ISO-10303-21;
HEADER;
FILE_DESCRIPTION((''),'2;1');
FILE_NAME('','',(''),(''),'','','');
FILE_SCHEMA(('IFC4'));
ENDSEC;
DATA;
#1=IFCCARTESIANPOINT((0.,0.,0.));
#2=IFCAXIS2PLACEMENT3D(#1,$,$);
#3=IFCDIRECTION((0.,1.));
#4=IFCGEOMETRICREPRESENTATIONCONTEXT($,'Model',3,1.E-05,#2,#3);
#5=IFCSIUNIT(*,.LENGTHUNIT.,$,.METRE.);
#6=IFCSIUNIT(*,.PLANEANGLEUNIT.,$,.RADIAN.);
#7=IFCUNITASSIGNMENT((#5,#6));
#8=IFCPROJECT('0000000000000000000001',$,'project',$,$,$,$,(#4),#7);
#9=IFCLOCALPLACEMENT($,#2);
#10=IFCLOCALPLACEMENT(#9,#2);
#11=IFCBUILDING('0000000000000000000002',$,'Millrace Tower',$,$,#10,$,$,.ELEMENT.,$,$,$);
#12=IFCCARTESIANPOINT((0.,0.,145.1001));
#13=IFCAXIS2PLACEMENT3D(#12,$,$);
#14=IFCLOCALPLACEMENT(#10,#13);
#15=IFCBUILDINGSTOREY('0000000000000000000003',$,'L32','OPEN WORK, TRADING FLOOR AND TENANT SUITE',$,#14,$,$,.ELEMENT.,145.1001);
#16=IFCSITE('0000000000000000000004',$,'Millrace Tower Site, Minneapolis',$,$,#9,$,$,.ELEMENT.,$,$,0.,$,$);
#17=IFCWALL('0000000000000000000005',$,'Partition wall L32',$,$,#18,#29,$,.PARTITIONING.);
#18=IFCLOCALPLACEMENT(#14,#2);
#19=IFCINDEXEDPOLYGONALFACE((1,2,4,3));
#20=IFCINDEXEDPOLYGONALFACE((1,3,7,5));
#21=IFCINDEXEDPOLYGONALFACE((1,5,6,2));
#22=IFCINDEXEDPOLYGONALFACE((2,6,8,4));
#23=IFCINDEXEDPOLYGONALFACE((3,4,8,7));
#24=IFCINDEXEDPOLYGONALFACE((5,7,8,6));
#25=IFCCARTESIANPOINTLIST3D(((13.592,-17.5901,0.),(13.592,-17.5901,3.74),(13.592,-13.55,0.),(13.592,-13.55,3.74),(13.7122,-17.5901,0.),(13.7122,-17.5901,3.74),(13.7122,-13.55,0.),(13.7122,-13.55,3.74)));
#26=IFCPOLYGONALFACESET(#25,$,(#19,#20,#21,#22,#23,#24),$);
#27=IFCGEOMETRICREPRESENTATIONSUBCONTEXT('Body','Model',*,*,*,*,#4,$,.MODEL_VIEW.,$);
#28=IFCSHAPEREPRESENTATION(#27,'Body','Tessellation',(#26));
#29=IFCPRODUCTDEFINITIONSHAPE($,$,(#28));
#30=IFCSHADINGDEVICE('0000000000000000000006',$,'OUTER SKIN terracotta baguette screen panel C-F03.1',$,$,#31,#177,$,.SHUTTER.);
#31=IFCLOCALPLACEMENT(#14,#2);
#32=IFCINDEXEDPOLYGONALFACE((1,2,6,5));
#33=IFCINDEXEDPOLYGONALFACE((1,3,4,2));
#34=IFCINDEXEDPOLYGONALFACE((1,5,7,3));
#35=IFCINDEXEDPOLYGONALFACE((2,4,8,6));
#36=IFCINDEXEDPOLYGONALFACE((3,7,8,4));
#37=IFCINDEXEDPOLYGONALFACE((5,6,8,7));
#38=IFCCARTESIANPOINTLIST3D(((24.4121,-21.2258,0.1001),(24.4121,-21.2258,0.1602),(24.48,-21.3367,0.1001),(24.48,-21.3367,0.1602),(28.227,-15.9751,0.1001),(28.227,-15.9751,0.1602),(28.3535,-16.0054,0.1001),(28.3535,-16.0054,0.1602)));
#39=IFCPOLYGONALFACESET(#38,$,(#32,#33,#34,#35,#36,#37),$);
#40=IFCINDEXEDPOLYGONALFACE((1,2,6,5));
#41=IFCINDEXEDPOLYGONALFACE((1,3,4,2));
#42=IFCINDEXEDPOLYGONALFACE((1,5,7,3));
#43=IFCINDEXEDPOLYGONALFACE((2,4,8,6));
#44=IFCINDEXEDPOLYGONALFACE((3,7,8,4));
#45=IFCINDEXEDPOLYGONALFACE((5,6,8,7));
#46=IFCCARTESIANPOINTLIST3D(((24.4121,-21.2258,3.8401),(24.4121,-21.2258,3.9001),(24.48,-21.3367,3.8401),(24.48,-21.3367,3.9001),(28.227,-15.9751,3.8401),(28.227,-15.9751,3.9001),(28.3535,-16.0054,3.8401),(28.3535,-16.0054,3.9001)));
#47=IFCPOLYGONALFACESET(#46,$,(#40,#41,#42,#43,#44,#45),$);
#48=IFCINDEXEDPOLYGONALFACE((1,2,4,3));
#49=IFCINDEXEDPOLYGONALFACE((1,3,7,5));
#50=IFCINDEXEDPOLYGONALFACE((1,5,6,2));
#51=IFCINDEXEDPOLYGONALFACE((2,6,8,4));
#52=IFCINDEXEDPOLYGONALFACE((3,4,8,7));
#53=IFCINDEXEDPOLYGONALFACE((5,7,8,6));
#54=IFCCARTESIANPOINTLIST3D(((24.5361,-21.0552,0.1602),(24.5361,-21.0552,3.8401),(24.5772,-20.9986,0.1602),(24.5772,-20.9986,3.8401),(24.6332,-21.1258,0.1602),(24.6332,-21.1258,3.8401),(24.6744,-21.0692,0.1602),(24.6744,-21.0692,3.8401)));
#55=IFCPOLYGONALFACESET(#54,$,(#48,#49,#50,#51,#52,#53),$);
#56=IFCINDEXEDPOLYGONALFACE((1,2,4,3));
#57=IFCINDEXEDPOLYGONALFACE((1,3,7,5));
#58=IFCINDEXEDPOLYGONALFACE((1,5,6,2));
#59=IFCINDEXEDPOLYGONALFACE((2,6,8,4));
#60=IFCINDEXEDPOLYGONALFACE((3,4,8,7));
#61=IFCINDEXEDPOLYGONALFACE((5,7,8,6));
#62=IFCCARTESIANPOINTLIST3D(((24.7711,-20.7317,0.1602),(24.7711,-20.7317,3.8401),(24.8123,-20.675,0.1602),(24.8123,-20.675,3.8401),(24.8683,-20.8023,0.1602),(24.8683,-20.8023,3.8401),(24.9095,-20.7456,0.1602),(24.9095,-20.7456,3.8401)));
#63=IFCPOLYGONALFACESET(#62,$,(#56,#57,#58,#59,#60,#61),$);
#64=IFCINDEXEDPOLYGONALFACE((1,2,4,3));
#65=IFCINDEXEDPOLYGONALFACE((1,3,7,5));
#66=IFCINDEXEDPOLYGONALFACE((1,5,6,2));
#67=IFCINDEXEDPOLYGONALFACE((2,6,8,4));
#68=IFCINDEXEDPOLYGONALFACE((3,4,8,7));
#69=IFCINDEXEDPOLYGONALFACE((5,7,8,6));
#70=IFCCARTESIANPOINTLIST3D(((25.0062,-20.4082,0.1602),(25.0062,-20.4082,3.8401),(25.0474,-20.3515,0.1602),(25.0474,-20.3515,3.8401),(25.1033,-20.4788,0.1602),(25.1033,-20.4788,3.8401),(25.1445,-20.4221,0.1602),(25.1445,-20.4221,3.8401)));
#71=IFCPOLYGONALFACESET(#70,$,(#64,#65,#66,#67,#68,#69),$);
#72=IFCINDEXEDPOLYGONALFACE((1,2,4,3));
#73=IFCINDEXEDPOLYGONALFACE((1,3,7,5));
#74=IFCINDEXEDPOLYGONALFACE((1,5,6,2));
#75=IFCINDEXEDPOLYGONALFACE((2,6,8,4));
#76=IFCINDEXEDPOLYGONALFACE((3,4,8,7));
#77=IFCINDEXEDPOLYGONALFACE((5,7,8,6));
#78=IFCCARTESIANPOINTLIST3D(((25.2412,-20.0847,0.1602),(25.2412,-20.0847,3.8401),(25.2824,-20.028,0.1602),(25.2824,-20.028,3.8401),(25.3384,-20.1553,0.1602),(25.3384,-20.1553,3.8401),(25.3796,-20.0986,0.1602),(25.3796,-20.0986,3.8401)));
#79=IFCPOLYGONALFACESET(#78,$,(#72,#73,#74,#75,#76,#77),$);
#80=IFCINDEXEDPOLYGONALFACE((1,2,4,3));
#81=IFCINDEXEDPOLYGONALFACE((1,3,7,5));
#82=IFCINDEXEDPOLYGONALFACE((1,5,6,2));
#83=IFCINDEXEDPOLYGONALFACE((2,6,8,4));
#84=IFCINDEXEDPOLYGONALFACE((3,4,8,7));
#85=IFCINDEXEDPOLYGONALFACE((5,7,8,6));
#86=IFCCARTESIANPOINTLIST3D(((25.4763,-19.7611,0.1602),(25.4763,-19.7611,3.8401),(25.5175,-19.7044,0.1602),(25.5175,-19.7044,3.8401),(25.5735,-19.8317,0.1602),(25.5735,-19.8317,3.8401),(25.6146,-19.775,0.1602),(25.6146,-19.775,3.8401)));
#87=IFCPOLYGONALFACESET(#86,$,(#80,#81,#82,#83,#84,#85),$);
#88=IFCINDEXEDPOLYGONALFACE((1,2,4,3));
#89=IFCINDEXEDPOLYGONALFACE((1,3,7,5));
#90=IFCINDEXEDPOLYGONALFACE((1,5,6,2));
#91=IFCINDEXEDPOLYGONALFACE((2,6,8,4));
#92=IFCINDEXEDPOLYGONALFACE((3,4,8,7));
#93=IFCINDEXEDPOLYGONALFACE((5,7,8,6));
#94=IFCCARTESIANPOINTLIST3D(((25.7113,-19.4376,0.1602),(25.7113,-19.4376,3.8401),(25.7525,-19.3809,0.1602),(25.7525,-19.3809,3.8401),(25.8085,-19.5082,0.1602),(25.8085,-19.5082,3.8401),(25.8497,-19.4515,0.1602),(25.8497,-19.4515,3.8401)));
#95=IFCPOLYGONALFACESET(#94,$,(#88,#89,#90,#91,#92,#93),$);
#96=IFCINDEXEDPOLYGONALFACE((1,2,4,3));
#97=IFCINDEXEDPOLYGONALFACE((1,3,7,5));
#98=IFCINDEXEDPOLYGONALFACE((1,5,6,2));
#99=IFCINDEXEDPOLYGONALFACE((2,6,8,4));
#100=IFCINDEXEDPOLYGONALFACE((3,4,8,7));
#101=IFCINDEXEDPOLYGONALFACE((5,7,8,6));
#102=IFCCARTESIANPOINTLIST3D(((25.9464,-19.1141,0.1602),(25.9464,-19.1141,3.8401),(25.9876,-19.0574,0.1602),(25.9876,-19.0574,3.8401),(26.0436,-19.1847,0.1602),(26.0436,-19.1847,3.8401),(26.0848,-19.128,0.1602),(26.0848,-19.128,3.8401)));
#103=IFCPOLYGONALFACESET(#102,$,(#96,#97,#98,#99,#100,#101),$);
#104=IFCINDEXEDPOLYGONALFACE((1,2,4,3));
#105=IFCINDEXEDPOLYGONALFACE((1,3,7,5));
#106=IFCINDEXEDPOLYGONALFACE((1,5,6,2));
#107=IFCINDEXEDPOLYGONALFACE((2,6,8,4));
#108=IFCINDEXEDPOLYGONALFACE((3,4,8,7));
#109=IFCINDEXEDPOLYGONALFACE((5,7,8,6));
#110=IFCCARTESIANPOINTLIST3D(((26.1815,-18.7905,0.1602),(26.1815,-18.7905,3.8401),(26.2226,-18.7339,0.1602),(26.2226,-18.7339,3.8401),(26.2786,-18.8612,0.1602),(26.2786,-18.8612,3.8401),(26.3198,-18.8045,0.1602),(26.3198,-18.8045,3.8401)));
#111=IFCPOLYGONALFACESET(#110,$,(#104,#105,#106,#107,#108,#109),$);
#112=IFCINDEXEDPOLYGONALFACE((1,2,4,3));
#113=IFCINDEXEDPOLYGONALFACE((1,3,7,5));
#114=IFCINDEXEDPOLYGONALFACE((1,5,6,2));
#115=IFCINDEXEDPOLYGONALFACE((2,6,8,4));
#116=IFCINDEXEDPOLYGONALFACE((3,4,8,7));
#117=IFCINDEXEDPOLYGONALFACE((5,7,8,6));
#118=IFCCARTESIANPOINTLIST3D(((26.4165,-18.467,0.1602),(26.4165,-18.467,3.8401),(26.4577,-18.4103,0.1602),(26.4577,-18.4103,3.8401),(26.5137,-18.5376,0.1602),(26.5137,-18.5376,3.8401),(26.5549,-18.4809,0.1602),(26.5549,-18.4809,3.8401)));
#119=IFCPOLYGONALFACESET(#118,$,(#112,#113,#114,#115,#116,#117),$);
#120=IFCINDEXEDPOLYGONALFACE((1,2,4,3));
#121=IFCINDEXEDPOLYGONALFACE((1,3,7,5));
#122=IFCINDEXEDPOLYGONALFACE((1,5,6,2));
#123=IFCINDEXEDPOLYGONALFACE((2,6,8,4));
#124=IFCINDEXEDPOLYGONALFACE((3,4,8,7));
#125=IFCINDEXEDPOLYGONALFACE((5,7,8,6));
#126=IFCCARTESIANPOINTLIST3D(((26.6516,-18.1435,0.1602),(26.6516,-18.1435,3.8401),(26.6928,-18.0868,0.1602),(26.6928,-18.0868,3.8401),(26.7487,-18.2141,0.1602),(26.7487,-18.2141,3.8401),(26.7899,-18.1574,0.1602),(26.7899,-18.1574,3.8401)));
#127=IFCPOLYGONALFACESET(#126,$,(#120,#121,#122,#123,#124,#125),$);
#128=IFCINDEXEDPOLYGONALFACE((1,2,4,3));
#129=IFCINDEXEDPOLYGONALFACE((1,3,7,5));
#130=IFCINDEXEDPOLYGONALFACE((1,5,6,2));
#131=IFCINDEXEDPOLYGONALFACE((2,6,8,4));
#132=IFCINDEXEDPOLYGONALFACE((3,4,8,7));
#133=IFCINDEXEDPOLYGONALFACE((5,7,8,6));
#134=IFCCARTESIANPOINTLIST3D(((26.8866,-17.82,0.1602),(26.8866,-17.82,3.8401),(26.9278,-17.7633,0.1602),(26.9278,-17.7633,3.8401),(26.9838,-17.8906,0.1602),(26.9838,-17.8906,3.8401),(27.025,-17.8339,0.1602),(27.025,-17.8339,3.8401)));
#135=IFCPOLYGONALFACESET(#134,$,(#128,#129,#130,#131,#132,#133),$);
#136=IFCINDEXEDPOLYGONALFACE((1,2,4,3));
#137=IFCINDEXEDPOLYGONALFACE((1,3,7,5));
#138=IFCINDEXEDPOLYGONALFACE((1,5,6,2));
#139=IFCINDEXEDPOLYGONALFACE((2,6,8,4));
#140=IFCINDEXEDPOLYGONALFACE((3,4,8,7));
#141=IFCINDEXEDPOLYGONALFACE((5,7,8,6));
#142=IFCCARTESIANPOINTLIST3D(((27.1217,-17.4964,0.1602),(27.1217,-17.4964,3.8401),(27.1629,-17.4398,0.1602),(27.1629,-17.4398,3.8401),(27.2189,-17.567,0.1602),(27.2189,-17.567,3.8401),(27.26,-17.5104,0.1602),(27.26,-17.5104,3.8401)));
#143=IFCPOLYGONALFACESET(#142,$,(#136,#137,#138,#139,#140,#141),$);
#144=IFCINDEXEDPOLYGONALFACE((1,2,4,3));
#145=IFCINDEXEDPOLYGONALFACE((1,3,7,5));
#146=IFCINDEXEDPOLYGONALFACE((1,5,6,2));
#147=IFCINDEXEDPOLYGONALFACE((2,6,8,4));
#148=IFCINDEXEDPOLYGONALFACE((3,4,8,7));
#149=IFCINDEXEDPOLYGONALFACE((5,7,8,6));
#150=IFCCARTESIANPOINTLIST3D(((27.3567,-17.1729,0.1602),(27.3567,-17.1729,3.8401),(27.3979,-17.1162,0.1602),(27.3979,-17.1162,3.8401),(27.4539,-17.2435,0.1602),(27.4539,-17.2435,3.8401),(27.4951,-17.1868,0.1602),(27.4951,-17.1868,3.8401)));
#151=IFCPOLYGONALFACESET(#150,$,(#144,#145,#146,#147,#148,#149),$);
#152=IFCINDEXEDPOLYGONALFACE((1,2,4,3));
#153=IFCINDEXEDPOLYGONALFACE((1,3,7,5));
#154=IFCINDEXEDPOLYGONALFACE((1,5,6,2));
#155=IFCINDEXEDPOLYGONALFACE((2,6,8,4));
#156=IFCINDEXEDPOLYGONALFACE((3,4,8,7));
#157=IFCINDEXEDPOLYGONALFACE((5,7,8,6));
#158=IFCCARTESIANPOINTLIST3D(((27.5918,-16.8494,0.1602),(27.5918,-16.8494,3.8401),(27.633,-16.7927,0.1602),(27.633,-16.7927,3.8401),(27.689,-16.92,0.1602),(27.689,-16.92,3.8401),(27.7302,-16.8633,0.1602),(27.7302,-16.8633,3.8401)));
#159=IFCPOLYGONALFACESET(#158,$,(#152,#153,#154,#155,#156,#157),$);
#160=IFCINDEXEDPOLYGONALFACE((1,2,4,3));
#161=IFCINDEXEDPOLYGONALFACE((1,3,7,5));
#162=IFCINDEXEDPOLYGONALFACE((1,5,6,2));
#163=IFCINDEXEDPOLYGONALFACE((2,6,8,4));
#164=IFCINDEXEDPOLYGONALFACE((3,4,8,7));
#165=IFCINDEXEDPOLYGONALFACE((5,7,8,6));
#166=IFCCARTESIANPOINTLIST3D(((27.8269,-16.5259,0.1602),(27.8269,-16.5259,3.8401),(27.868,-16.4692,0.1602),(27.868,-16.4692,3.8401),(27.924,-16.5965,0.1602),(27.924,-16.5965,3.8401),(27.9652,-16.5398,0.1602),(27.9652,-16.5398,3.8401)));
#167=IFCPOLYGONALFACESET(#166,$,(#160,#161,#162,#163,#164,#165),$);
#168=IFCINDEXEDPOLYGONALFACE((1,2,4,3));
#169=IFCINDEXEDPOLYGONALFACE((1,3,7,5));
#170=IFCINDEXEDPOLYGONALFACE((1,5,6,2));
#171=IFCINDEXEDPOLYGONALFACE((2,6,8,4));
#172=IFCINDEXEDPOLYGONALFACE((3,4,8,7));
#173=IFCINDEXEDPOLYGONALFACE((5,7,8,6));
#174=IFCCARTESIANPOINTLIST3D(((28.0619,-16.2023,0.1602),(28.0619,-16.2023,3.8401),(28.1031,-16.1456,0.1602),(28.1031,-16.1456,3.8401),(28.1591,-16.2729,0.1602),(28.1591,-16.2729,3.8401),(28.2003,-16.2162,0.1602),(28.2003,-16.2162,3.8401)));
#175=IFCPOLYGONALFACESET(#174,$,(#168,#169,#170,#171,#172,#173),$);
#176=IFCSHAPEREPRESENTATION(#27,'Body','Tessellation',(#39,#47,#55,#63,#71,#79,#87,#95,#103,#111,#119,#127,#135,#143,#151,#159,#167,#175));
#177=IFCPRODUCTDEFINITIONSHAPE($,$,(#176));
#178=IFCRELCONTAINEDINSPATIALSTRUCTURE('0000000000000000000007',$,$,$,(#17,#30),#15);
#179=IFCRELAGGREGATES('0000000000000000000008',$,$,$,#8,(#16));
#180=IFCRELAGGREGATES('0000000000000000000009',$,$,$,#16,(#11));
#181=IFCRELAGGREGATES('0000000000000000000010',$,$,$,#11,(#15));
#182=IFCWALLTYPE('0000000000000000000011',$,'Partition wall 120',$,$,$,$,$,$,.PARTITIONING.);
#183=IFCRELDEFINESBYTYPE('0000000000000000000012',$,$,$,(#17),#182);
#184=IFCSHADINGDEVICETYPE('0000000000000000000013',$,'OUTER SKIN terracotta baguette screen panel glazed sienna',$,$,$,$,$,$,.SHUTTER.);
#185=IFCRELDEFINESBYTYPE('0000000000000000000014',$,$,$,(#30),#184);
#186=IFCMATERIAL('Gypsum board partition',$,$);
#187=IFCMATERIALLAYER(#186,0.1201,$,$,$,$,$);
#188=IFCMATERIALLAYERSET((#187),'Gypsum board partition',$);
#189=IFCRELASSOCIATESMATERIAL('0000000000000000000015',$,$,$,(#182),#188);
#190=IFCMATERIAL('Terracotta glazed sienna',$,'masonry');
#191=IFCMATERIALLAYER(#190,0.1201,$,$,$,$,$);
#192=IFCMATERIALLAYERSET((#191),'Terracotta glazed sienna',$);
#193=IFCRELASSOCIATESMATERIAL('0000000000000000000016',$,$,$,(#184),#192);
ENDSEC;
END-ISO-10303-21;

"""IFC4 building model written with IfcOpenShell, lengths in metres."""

from ifc_helpers import new_model, entity, si_unit, direction, frame, frame_2d, origin, place, context, subcontext, project, spatial, rectangle, extrude, source, transform, mapped, material, layer, layer_set, type_object, element, save


model = new_model("IFC4")

# Units and contexts
model_context = context("Model", 3, precision=1e-05, world=origin(), true_north=direction((0.0, 1.0)))
body_context = subcontext(model_context, "Body", "Model", "MODEL_VIEW")
ifc_project = project(units=[si_unit("LENGTHUNIT", "METRE"), si_unit("PLANEANGLEUNIT", "RADIAN")], contexts=[model_context])

# Site, building, storey
site_placement = place(None, origin())
site = spatial("IfcSite", under=ifc_project, at=site_placement, Name="Millrace Tower Site, Minneapolis", CompositionType="ELEMENT", RefElevation=0.0)
building_placement = place(site_placement, origin())
building = spatial("IfcBuilding", under=site, at=building_placement, Name="Millrace Tower", CompositionType="ELEMENT")
storey_placement = place(building_placement, frame((0.0, 0.0, 145.1001)))
storey = spatial("IfcBuildingStorey", under=building, at=storey_placement, Name="L32", Description="OPEN WORK, TRADING FLOOR AND TENANT SUITE", CompositionType="ELEMENT", Elevation=145.1001)

# Wall
ifc_material_1 = material(Name="Gypsum board partition")
ifc_layer_1 = layer(ifc_material_1, 0.1201)
ifc_layer_set_1 = layer_set([ifc_layer_1], Name="Gypsum board partition")
wall_type = type_object("IfcWallType", Name="Partition wall 120", PredefinedType="PARTITIONING", material=ifc_layer_set_1)
wall_placement = place(storey_placement, frame((13.6521, -17.5901, 0.0), z_axis=(0.0, 0.0, 1.0), x_axis=(0.0, 1.0, 0.0)))
element("IfcWall", 1, at=wall_placement, inside=storey, type_object=wall_type, Name="Partition wall L32", PredefinedType="PARTITIONING", context=body_context, shape_type="SweptSolid", body=[
    extrude(rectangle(XDim=4.04, YDim=0.1201, at=frame_2d((2.02, 0.0))), origin(), (0.0, 0.0, 1.0), 3.74),
])

# Shading device
ifc_material_2 = material(Name="Terracotta glazed sienna", Category="masonry")
ifc_layer_2 = layer(ifc_material_2, 0.1201)
ifc_layer_set_2 = layer_set([ifc_layer_2], Name="Terracotta glazed sienna")
shading_device_type = type_object("IfcShadingDeviceType", Name="OUTER SKIN terracotta baguette screen panel glazed sienna", PredefinedType="SHUTTER", material=ifc_layer_set_2)
cartesian_point_1 = entity("IfcCartesianPoint", [-3.2451, 0.0601])
shared_polyline_1 = entity("IfcPolyline", [cartesian_point_1, entity("IfcCartesianPoint", [3.2451, 0.0601]), entity("IfcCartesianPoint", [3.2949, -0.0601]), entity("IfcCartesianPoint", [-3.2949, -0.0601]), cartesian_point_1])
shared_shape_1 = source(origin(), body_context, "Body", "SweptSolid", [
    entity("IfcExtrudedAreaSolid", entity("IfcArbitraryClosedProfileDef", "AREA", None, shared_polyline_1), entity("IfcAxis2Placement3D", entity("IfcCartesianPoint", [0.0, 0.0, 0.0])), entity("IfcDirection", [0.0, 0.0, 1.0]), 0.0601),
    entity("IfcExtrudedAreaSolid", entity("IfcArbitraryClosedProfileDef", "AREA", None, shared_polyline_1), entity("IfcAxis2Placement3D", entity("IfcCartesianPoint", [0.0, 0.0, 3.74])), entity("IfcDirection", [0.0, 0.0, 1.0]), 0.0601),
    extrude(rectangle(XDim=0.0701, YDim=0.1201, at=frame_2d((-2.9993, 0.0))), frame((0.0, 0.0, 0.0601)), (0.0, 0.0, 1.0), 3.6799),
    extrude(rectangle(XDim=0.0701, YDim=0.1201, at=frame_2d((-2.5994, 0.0))), frame((0.0, 0.0, 0.0601)), (0.0, 0.0, 1.0), 3.6799),
    extrude(rectangle(XDim=0.0701, YDim=0.1201, at=frame_2d((-2.1995, 0.0))), frame((0.0, 0.0, 0.0601)), (0.0, 0.0, 1.0), 3.6799),
    extrude(rectangle(XDim=0.0701, YDim=0.1201, at=frame_2d((-1.7996, 0.0))), frame((0.0, 0.0, 0.0601)), (0.0, 0.0, 1.0), 3.6799),
    extrude(rectangle(XDim=0.0701, YDim=0.1201, at=frame_2d((-1.3997, 0.0))), frame((0.0, 0.0, 0.0601)), (0.0, 0.0, 1.0), 3.6799),
    extrude(rectangle(XDim=0.0701, YDim=0.1201, at=frame_2d((-0.9998, 0.0))), frame((0.0, 0.0, 0.0601)), (0.0, 0.0, 1.0), 3.6799),
    extrude(rectangle(XDim=0.0701, YDim=0.1201, at=frame_2d((-0.5999, 0.0))), frame((0.0, 0.0, 0.0601)), (0.0, 0.0, 1.0), 3.6799),
    extrude(rectangle(XDim=0.0701, YDim=0.1201, at=frame_2d((-0.2, 0.0))), frame((0.0, 0.0, 0.0601)), (0.0, 0.0, 1.0), 3.6799),
    extrude(rectangle(XDim=0.0701, YDim=0.1201, at=frame_2d((0.2, 0.0))), frame((0.0, 0.0, 0.0601)), (0.0, 0.0, 1.0), 3.6799),
    extrude(rectangle(XDim=0.0701, YDim=0.1201, at=frame_2d((0.5999, 0.0))), frame((0.0, 0.0, 0.0601)), (0.0, 0.0, 1.0), 3.6799),
    extrude(rectangle(XDim=0.0701, YDim=0.1201, at=frame_2d((0.9998, 0.0))), frame((0.0, 0.0, 0.0601)), (0.0, 0.0, 1.0), 3.6799),
    extrude(rectangle(XDim=0.0701, YDim=0.1201, at=frame_2d((1.3997, 0.0))), frame((0.0, 0.0, 0.0601)), (0.0, 0.0, 1.0), 3.6799),
    extrude(rectangle(XDim=0.0701, YDim=0.1201, at=frame_2d((1.7996, 0.0))), frame((0.0, 0.0, 0.0601)), (0.0, 0.0, 1.0), 3.6799),
    extrude(rectangle(XDim=0.0701, YDim=0.1201, at=frame_2d((2.1995, 0.0))), frame((0.0, 0.0, 0.0601)), (0.0, 0.0, 1.0), 3.6799),
    extrude(rectangle(XDim=0.0701, YDim=0.1201, at=frame_2d((2.5994, 0.0))), frame((0.0, 0.0, 0.0601)), (0.0, 0.0, 1.0), 3.6799),
    extrude(rectangle(XDim=0.0701, YDim=0.1201, at=frame_2d((2.9993, 0.0))), frame((0.0, 0.0, 0.0601)), (0.0, 0.0, 1.0), 3.6799),
])
shading_device_1_placement = place(storey_placement, frame((26.3682, -18.6357, 0.1001), z_axis=(0.0, 0.0, 1.0), x_axis=(0.587785, 0.809017, 0.0)))
element("IfcShadingDevice", 2, at=shading_device_1_placement, inside=storey, type_object=shading_device_type, Name="OUTER SKIN terracotta baguette screen panel C-F03.1", PredefinedType="SHUTTER", context=body_context, shape_type="MappedRepresentation", body=[
    mapped(shared_shape_1, transform((0.0, 0.0, 0.0), scale=1.0)),
])

save(model, "model.ifc")
